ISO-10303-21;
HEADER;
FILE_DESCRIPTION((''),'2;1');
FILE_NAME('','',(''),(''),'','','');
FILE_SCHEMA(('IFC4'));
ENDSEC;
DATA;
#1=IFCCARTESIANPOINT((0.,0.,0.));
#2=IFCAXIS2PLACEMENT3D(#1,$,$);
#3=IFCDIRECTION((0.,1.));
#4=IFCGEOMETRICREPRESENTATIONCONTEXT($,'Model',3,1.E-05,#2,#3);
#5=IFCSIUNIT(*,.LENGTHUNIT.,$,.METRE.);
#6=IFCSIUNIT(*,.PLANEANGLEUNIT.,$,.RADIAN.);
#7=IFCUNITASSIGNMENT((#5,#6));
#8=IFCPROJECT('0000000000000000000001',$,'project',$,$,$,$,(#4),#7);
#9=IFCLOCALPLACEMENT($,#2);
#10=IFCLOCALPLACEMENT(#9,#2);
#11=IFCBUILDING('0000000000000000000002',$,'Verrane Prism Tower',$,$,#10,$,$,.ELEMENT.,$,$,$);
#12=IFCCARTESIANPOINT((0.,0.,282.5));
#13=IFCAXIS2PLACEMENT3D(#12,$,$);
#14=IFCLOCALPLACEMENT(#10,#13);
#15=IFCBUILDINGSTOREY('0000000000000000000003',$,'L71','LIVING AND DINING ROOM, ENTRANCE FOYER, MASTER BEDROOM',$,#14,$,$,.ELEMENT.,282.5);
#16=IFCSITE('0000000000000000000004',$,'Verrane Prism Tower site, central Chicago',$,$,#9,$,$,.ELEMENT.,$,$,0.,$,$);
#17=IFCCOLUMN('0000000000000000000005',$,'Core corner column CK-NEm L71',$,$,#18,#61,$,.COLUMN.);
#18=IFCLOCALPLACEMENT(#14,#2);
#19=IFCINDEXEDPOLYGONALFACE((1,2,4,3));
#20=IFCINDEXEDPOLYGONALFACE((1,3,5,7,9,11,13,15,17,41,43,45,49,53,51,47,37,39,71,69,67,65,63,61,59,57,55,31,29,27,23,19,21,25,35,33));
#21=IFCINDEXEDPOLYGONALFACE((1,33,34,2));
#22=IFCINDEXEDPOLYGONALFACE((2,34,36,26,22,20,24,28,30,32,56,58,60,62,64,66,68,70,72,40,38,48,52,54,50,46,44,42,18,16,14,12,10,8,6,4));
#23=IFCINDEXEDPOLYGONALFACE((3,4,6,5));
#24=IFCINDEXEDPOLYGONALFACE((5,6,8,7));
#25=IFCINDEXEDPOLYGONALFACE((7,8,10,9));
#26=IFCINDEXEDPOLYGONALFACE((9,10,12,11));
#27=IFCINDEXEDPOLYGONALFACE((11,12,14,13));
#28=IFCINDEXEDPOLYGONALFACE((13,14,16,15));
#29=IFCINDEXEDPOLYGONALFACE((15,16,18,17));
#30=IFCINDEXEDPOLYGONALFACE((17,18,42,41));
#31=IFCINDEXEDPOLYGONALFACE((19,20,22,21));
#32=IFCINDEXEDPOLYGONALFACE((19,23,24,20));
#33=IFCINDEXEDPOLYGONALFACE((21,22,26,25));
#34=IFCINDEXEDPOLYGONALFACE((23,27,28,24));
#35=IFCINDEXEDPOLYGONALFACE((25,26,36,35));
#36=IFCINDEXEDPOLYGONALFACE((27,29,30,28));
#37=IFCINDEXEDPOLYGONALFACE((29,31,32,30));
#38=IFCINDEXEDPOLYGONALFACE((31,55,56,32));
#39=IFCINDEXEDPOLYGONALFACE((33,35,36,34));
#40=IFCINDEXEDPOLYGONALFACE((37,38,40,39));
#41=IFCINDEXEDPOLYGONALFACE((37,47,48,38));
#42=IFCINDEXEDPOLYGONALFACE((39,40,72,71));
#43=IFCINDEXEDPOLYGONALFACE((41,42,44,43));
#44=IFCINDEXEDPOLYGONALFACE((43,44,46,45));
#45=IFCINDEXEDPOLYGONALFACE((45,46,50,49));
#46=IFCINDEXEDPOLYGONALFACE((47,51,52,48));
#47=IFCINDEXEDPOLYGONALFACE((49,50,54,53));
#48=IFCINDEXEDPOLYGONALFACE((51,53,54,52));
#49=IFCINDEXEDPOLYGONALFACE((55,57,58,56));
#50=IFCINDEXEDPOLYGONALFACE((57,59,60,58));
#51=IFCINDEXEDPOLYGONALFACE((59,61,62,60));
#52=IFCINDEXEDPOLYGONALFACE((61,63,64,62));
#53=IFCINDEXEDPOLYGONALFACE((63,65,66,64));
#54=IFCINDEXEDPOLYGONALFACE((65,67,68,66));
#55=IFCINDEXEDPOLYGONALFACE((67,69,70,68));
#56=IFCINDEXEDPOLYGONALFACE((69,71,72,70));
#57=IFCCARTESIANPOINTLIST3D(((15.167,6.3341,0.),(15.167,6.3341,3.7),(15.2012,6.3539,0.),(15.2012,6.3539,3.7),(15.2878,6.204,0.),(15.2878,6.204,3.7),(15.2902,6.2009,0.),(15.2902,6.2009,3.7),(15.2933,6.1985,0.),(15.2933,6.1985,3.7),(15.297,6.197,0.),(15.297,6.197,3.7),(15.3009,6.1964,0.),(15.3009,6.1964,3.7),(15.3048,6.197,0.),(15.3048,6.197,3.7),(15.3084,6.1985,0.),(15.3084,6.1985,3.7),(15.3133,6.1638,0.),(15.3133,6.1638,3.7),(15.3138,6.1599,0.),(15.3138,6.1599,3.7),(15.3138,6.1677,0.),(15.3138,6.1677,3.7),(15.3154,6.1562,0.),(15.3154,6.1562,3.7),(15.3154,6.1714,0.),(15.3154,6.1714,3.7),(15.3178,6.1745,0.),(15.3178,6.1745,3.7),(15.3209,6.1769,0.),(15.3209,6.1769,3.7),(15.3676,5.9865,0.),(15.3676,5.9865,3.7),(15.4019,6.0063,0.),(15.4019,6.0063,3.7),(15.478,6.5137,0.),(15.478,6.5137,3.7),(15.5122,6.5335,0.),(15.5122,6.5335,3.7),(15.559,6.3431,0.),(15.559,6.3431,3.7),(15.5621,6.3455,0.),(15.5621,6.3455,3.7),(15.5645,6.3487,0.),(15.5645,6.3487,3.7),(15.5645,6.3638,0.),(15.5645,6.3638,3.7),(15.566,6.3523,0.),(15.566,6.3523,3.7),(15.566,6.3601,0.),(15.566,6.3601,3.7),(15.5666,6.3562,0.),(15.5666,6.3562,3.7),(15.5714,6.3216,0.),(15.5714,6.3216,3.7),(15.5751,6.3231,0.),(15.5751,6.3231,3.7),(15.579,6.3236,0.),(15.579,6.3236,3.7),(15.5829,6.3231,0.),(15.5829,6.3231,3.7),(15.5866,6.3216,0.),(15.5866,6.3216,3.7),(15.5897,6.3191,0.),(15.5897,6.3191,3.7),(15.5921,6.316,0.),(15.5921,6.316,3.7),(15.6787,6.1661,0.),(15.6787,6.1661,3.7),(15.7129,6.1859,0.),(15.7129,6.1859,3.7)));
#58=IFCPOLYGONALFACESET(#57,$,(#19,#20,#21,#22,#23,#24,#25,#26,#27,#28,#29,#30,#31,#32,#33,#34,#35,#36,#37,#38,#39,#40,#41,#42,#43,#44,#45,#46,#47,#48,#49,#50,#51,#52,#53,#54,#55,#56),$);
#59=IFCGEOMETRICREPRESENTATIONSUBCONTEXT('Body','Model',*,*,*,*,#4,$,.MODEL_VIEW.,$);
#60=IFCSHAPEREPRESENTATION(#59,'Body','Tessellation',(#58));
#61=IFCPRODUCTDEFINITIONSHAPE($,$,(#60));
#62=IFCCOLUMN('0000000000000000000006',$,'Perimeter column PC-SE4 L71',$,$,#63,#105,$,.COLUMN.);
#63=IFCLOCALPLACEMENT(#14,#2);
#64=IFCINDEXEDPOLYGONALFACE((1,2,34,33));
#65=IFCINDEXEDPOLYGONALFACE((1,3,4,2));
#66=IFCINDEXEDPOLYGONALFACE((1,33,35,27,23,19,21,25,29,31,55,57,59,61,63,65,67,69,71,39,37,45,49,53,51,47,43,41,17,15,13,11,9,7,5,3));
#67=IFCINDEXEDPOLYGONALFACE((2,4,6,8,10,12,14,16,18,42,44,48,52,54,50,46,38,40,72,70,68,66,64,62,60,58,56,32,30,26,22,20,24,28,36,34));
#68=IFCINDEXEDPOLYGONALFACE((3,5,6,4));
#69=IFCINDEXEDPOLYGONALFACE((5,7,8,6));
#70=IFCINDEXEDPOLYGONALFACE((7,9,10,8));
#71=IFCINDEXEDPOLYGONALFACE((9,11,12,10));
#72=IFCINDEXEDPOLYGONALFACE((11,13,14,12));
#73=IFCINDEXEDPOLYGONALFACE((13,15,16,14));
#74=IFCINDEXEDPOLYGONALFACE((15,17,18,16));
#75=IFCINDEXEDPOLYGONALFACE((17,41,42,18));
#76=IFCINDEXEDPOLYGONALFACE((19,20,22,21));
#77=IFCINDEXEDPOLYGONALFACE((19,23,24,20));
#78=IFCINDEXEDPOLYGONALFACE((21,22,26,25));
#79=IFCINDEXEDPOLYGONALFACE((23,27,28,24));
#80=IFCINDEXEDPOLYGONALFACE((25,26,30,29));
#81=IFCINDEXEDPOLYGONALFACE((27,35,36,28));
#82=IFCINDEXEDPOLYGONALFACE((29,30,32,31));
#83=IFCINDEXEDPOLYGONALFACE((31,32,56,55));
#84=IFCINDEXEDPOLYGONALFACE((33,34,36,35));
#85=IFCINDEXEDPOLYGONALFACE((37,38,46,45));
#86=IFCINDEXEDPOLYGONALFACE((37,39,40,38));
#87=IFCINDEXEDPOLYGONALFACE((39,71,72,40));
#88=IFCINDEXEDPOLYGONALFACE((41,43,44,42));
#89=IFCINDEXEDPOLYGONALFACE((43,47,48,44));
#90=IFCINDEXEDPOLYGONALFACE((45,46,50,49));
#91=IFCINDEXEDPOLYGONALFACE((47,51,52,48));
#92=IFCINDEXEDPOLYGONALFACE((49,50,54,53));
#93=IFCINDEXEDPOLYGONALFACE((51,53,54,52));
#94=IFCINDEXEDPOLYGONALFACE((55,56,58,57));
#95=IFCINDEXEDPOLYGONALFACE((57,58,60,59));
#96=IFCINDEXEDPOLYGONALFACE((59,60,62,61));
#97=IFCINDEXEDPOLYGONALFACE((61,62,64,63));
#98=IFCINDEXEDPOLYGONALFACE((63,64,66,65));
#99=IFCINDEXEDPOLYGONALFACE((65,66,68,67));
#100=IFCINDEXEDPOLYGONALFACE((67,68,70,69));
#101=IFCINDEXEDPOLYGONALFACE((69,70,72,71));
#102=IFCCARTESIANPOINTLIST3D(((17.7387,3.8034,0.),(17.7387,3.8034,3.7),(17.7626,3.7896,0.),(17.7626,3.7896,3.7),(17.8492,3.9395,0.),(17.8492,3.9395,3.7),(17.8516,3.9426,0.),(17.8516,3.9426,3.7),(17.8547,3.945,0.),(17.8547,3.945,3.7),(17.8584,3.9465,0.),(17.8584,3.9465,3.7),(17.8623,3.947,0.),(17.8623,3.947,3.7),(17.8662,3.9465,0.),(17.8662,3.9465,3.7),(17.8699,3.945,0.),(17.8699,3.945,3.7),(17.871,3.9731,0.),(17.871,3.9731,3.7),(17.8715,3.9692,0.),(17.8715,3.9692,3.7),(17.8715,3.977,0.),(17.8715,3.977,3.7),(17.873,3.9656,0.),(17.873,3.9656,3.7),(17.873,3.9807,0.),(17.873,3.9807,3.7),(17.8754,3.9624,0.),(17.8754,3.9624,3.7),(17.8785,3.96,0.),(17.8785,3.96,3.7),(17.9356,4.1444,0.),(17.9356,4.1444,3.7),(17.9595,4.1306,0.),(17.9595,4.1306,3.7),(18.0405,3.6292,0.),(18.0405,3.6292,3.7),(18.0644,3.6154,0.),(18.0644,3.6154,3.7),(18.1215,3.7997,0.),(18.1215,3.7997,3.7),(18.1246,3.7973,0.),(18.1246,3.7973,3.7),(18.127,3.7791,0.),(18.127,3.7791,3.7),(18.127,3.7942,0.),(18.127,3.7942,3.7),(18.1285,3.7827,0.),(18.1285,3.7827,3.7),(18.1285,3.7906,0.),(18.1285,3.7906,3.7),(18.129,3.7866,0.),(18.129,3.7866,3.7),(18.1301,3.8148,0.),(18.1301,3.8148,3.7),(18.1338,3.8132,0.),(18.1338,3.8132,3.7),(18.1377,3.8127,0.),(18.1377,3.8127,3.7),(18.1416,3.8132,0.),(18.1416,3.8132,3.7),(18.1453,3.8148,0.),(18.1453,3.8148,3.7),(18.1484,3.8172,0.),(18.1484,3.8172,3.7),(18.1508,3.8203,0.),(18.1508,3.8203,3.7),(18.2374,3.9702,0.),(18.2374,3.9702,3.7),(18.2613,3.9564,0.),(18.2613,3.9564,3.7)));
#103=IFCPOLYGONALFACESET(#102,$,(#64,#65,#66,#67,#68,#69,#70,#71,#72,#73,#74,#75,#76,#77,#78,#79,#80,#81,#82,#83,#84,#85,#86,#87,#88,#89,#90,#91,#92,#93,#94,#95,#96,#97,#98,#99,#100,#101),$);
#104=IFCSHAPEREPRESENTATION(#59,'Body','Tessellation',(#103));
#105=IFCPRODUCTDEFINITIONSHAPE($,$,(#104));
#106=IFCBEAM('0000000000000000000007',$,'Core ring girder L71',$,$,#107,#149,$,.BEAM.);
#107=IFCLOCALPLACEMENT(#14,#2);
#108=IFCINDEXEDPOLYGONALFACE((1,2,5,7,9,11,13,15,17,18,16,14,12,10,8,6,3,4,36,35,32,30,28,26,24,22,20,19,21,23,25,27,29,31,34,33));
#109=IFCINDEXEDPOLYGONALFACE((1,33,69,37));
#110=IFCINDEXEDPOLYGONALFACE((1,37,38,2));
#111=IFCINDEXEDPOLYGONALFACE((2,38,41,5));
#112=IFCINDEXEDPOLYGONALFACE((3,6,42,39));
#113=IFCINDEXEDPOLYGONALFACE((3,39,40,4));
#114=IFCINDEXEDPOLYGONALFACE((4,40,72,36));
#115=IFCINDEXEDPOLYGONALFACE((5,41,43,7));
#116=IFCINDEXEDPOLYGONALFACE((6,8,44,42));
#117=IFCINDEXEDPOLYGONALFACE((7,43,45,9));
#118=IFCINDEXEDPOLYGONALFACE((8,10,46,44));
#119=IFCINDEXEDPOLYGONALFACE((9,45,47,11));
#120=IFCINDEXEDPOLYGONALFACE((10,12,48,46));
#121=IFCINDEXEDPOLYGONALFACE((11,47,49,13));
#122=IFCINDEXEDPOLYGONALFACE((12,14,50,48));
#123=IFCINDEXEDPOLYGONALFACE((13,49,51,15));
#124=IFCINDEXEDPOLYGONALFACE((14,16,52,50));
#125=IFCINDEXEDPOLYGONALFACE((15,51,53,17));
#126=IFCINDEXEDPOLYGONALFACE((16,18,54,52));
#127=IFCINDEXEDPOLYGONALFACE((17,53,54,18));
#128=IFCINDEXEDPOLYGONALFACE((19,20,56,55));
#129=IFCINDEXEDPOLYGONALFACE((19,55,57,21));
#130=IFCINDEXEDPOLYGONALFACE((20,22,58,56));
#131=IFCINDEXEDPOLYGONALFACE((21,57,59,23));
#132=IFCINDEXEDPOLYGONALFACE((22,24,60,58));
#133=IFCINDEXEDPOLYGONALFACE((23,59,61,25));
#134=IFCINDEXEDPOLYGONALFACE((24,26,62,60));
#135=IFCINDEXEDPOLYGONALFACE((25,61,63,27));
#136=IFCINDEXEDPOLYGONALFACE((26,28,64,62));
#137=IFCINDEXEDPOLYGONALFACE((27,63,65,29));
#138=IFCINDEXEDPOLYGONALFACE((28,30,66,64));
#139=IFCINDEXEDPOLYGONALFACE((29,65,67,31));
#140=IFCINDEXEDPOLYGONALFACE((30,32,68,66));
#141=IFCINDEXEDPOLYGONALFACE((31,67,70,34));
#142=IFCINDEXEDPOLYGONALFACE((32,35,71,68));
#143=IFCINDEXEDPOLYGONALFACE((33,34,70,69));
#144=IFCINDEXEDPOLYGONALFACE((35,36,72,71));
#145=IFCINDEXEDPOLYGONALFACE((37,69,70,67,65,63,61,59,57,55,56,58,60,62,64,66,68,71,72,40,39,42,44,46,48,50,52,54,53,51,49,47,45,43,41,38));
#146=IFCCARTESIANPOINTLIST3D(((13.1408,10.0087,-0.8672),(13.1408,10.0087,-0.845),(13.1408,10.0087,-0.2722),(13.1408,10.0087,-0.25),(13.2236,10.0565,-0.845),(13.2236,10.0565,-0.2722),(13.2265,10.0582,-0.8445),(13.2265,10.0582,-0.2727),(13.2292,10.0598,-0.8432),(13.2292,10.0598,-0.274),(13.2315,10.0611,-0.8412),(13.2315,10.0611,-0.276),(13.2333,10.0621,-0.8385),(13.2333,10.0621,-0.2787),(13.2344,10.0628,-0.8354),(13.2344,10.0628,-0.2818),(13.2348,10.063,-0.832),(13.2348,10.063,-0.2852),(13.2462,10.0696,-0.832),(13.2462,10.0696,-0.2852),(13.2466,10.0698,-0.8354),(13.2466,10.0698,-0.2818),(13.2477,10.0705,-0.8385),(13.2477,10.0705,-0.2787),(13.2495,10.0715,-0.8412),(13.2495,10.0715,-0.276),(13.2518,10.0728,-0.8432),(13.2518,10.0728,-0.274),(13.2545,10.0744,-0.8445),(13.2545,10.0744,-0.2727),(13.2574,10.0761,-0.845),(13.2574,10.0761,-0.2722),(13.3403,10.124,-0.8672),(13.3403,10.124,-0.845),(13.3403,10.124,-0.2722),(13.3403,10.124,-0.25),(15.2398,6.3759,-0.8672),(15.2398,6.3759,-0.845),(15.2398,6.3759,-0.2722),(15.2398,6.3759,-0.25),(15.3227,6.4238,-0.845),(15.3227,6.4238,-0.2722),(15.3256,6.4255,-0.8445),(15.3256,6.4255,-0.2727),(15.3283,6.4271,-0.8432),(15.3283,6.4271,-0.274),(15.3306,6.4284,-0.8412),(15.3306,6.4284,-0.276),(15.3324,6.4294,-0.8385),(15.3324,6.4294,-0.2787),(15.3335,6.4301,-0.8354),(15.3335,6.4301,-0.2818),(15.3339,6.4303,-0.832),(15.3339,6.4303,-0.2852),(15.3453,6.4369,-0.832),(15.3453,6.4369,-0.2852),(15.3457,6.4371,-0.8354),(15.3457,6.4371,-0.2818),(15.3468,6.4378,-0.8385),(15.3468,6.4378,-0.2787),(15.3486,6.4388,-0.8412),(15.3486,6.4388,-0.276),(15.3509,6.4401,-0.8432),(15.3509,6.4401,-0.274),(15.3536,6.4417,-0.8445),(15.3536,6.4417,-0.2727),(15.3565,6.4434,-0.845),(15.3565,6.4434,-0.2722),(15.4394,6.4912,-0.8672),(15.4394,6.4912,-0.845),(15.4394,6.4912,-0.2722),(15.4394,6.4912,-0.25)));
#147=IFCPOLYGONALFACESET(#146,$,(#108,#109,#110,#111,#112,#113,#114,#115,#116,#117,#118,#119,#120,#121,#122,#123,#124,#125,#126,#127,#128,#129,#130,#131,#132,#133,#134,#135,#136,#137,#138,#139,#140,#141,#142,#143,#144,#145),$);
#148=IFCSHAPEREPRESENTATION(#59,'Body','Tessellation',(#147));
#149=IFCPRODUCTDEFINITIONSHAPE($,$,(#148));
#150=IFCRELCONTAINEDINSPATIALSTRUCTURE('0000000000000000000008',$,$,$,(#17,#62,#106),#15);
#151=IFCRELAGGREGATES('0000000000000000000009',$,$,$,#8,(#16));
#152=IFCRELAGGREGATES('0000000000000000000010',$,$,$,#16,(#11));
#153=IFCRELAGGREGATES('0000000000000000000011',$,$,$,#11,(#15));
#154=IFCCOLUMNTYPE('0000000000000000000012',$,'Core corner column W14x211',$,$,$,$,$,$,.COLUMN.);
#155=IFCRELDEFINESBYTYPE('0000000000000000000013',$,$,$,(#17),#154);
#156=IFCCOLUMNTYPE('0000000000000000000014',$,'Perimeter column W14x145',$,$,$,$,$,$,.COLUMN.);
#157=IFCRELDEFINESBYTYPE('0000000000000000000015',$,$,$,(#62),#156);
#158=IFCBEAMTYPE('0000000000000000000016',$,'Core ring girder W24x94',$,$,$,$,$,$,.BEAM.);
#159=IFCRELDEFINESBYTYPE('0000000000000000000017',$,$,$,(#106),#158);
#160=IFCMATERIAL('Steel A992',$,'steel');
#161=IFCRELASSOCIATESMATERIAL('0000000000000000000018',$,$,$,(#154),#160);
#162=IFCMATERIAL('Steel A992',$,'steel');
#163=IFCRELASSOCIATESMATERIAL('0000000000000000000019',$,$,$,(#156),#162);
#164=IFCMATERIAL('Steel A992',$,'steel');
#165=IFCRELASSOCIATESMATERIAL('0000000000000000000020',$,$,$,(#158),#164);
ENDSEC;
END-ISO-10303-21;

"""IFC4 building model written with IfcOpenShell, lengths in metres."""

from ifc_helpers import new_model, si_unit, direction, frame, origin, origin_2d, place, context, subcontext, project, spatial, i_section, extrude, material, material_profile, profile_set, type_object, element, save


model = new_model("IFC4")

# Units and contexts
model_context = context("Model", 3, precision=1e-05, world=origin(), true_north=direction((0.0, 1.0)))
body_context = subcontext(model_context, "Body", "Model", "MODEL_VIEW")
ifc_project = project(units=[si_unit("LENGTHUNIT", "METRE"), si_unit("PLANEANGLEUNIT", "RADIAN")], contexts=[model_context])

# Site, building, storey
site_placement = place(None, origin())
site = spatial("IfcSite", under=ifc_project, at=site_placement, Name="Verrane Prism Tower site, central Chicago", CompositionType="ELEMENT", RefElevation=0.0)
building_placement = place(site_placement, origin())
building = spatial("IfcBuilding", under=site, at=building_placement, Name="Verrane Prism Tower", CompositionType="ELEMENT")
storey_placement = place(building_placement, frame((0.0, 0.0, 282.5)))
storey = spatial("IfcBuildingStorey", under=building, at=storey_placement, Name="L71", Description="LIVING AND DINING ROOM, ENTRANCE FOYER, MASTER BEDROOM", CompositionType="ELEMENT", Elevation=282.5)

# Columns
ifc_material_1 = material(Name="Steel A992", Category="steel")
ifc_material_profile_1 = material_profile(ifc_material_1, i_section(OverallWidth=0.4014, OverallDepth=0.3987, WebThickness=0.0249, FlangeThickness=0.0396, FilletRadius=0.0151, at=origin_2d()), Name="W14x211")
ifc_profile_set_1 = profile_set([ifc_material_profile_1], Name="Steel A992")
column_type_1 = type_object("IfcColumnType", Name="Core corner column W14x211", PredefinedType="COLUMN", material=ifc_profile_set_1)
column_1_placement = place(storey_placement, frame((15.4399, 6.26, 0.0), z_axis=(0.0, 0.0, 1.0), x_axis=(0.5, -0.866025, 0.0)))
element("IfcColumn", 1, at=column_1_placement, inside=storey, type_object=column_type_1, Name="Core corner column CK-NEm L71", PredefinedType="COLUMN", context=body_context, shape_type="SweptSolid", body=[
    extrude(i_section(OverallWidth=0.4014, OverallDepth=0.3987, WebThickness=0.0249, FlangeThickness=0.0396, FilletRadius=0.0151, at=origin_2d()), origin(), (0.0, 0.0, 1.0), 3.7),
])
ifc_material_2 = material(Name="Steel A992", Category="steel")
ifc_material_profile_2 = material_profile(ifc_material_2, i_section(OverallWidth=0.3938, OverallDepth=0.376, WebThickness=0.0173, FlangeThickness=0.0276, FilletRadius=0.0151, at=origin_2d()), Name="W14x145")
ifc_profile_set_2 = profile_set([ifc_material_profile_2], Name="Steel A992")
column_type_2 = type_object("IfcColumnType", Name="Perimeter column W14x145", PredefinedType="COLUMN", material=ifc_profile_set_2)
column_2_placement = place(storey_placement, frame((18.0, 3.8799, 0.0), z_axis=(0.0, 0.0, 1.0), x_axis=(-0.5, -0.866025, 0.0)))
element("IfcColumn", 2, at=column_2_placement, inside=storey, type_object=column_type_2, Name="Perimeter column PC-SE4 L71", PredefinedType="COLUMN", context=body_context, shape_type="SweptSolid", body=[
    extrude(i_section(OverallWidth=0.3938, OverallDepth=0.376, WebThickness=0.0173, FlangeThickness=0.0276, FilletRadius=0.0151, at=origin_2d()), origin(), (0.0, 0.0, 1.0), 3.7),
])

# Beam
ifc_material_3 = material(Name="Steel A992", Category="steel")
ifc_material_profile_3 = material_profile(ifc_material_3, i_section(OverallWidth=0.2305, OverallDepth=0.6172, WebThickness=0.0132, FlangeThickness=0.0222, FilletRadius=0.0129, at=origin_2d()), Name="W24x94")
ifc_profile_set_3 = profile_set([ifc_material_profile_3], Name="Steel A992")
beam_type_1 = type_object("IfcBeamType", Name="Core ring girder W24x94", PredefinedType="BEAM", material=ifc_profile_set_3)
beam_1_placement = place(storey_placement, frame((15.3396, 6.4336, -0.5586), z_axis=(-0.500307, 0.865848, 0.0), x_axis=(-0.865848, -0.500307, 0.0)))
element("IfcBeam", 3, at=beam_1_placement, inside=storey, type_object=beam_type_1, Name="Core ring girder L71", PredefinedType="BEAM", context=body_context, shape_type="SweptSolid", body=[
    extrude(i_section(OverallWidth=0.2305, OverallDepth=0.6172, WebThickness=0.0132, FlangeThickness=0.0222, FilletRadius=0.0129, at=origin_2d()), origin(), (0.0, 0.0, 1.0), 4.1956),
])

save(model, "model.ifc")
